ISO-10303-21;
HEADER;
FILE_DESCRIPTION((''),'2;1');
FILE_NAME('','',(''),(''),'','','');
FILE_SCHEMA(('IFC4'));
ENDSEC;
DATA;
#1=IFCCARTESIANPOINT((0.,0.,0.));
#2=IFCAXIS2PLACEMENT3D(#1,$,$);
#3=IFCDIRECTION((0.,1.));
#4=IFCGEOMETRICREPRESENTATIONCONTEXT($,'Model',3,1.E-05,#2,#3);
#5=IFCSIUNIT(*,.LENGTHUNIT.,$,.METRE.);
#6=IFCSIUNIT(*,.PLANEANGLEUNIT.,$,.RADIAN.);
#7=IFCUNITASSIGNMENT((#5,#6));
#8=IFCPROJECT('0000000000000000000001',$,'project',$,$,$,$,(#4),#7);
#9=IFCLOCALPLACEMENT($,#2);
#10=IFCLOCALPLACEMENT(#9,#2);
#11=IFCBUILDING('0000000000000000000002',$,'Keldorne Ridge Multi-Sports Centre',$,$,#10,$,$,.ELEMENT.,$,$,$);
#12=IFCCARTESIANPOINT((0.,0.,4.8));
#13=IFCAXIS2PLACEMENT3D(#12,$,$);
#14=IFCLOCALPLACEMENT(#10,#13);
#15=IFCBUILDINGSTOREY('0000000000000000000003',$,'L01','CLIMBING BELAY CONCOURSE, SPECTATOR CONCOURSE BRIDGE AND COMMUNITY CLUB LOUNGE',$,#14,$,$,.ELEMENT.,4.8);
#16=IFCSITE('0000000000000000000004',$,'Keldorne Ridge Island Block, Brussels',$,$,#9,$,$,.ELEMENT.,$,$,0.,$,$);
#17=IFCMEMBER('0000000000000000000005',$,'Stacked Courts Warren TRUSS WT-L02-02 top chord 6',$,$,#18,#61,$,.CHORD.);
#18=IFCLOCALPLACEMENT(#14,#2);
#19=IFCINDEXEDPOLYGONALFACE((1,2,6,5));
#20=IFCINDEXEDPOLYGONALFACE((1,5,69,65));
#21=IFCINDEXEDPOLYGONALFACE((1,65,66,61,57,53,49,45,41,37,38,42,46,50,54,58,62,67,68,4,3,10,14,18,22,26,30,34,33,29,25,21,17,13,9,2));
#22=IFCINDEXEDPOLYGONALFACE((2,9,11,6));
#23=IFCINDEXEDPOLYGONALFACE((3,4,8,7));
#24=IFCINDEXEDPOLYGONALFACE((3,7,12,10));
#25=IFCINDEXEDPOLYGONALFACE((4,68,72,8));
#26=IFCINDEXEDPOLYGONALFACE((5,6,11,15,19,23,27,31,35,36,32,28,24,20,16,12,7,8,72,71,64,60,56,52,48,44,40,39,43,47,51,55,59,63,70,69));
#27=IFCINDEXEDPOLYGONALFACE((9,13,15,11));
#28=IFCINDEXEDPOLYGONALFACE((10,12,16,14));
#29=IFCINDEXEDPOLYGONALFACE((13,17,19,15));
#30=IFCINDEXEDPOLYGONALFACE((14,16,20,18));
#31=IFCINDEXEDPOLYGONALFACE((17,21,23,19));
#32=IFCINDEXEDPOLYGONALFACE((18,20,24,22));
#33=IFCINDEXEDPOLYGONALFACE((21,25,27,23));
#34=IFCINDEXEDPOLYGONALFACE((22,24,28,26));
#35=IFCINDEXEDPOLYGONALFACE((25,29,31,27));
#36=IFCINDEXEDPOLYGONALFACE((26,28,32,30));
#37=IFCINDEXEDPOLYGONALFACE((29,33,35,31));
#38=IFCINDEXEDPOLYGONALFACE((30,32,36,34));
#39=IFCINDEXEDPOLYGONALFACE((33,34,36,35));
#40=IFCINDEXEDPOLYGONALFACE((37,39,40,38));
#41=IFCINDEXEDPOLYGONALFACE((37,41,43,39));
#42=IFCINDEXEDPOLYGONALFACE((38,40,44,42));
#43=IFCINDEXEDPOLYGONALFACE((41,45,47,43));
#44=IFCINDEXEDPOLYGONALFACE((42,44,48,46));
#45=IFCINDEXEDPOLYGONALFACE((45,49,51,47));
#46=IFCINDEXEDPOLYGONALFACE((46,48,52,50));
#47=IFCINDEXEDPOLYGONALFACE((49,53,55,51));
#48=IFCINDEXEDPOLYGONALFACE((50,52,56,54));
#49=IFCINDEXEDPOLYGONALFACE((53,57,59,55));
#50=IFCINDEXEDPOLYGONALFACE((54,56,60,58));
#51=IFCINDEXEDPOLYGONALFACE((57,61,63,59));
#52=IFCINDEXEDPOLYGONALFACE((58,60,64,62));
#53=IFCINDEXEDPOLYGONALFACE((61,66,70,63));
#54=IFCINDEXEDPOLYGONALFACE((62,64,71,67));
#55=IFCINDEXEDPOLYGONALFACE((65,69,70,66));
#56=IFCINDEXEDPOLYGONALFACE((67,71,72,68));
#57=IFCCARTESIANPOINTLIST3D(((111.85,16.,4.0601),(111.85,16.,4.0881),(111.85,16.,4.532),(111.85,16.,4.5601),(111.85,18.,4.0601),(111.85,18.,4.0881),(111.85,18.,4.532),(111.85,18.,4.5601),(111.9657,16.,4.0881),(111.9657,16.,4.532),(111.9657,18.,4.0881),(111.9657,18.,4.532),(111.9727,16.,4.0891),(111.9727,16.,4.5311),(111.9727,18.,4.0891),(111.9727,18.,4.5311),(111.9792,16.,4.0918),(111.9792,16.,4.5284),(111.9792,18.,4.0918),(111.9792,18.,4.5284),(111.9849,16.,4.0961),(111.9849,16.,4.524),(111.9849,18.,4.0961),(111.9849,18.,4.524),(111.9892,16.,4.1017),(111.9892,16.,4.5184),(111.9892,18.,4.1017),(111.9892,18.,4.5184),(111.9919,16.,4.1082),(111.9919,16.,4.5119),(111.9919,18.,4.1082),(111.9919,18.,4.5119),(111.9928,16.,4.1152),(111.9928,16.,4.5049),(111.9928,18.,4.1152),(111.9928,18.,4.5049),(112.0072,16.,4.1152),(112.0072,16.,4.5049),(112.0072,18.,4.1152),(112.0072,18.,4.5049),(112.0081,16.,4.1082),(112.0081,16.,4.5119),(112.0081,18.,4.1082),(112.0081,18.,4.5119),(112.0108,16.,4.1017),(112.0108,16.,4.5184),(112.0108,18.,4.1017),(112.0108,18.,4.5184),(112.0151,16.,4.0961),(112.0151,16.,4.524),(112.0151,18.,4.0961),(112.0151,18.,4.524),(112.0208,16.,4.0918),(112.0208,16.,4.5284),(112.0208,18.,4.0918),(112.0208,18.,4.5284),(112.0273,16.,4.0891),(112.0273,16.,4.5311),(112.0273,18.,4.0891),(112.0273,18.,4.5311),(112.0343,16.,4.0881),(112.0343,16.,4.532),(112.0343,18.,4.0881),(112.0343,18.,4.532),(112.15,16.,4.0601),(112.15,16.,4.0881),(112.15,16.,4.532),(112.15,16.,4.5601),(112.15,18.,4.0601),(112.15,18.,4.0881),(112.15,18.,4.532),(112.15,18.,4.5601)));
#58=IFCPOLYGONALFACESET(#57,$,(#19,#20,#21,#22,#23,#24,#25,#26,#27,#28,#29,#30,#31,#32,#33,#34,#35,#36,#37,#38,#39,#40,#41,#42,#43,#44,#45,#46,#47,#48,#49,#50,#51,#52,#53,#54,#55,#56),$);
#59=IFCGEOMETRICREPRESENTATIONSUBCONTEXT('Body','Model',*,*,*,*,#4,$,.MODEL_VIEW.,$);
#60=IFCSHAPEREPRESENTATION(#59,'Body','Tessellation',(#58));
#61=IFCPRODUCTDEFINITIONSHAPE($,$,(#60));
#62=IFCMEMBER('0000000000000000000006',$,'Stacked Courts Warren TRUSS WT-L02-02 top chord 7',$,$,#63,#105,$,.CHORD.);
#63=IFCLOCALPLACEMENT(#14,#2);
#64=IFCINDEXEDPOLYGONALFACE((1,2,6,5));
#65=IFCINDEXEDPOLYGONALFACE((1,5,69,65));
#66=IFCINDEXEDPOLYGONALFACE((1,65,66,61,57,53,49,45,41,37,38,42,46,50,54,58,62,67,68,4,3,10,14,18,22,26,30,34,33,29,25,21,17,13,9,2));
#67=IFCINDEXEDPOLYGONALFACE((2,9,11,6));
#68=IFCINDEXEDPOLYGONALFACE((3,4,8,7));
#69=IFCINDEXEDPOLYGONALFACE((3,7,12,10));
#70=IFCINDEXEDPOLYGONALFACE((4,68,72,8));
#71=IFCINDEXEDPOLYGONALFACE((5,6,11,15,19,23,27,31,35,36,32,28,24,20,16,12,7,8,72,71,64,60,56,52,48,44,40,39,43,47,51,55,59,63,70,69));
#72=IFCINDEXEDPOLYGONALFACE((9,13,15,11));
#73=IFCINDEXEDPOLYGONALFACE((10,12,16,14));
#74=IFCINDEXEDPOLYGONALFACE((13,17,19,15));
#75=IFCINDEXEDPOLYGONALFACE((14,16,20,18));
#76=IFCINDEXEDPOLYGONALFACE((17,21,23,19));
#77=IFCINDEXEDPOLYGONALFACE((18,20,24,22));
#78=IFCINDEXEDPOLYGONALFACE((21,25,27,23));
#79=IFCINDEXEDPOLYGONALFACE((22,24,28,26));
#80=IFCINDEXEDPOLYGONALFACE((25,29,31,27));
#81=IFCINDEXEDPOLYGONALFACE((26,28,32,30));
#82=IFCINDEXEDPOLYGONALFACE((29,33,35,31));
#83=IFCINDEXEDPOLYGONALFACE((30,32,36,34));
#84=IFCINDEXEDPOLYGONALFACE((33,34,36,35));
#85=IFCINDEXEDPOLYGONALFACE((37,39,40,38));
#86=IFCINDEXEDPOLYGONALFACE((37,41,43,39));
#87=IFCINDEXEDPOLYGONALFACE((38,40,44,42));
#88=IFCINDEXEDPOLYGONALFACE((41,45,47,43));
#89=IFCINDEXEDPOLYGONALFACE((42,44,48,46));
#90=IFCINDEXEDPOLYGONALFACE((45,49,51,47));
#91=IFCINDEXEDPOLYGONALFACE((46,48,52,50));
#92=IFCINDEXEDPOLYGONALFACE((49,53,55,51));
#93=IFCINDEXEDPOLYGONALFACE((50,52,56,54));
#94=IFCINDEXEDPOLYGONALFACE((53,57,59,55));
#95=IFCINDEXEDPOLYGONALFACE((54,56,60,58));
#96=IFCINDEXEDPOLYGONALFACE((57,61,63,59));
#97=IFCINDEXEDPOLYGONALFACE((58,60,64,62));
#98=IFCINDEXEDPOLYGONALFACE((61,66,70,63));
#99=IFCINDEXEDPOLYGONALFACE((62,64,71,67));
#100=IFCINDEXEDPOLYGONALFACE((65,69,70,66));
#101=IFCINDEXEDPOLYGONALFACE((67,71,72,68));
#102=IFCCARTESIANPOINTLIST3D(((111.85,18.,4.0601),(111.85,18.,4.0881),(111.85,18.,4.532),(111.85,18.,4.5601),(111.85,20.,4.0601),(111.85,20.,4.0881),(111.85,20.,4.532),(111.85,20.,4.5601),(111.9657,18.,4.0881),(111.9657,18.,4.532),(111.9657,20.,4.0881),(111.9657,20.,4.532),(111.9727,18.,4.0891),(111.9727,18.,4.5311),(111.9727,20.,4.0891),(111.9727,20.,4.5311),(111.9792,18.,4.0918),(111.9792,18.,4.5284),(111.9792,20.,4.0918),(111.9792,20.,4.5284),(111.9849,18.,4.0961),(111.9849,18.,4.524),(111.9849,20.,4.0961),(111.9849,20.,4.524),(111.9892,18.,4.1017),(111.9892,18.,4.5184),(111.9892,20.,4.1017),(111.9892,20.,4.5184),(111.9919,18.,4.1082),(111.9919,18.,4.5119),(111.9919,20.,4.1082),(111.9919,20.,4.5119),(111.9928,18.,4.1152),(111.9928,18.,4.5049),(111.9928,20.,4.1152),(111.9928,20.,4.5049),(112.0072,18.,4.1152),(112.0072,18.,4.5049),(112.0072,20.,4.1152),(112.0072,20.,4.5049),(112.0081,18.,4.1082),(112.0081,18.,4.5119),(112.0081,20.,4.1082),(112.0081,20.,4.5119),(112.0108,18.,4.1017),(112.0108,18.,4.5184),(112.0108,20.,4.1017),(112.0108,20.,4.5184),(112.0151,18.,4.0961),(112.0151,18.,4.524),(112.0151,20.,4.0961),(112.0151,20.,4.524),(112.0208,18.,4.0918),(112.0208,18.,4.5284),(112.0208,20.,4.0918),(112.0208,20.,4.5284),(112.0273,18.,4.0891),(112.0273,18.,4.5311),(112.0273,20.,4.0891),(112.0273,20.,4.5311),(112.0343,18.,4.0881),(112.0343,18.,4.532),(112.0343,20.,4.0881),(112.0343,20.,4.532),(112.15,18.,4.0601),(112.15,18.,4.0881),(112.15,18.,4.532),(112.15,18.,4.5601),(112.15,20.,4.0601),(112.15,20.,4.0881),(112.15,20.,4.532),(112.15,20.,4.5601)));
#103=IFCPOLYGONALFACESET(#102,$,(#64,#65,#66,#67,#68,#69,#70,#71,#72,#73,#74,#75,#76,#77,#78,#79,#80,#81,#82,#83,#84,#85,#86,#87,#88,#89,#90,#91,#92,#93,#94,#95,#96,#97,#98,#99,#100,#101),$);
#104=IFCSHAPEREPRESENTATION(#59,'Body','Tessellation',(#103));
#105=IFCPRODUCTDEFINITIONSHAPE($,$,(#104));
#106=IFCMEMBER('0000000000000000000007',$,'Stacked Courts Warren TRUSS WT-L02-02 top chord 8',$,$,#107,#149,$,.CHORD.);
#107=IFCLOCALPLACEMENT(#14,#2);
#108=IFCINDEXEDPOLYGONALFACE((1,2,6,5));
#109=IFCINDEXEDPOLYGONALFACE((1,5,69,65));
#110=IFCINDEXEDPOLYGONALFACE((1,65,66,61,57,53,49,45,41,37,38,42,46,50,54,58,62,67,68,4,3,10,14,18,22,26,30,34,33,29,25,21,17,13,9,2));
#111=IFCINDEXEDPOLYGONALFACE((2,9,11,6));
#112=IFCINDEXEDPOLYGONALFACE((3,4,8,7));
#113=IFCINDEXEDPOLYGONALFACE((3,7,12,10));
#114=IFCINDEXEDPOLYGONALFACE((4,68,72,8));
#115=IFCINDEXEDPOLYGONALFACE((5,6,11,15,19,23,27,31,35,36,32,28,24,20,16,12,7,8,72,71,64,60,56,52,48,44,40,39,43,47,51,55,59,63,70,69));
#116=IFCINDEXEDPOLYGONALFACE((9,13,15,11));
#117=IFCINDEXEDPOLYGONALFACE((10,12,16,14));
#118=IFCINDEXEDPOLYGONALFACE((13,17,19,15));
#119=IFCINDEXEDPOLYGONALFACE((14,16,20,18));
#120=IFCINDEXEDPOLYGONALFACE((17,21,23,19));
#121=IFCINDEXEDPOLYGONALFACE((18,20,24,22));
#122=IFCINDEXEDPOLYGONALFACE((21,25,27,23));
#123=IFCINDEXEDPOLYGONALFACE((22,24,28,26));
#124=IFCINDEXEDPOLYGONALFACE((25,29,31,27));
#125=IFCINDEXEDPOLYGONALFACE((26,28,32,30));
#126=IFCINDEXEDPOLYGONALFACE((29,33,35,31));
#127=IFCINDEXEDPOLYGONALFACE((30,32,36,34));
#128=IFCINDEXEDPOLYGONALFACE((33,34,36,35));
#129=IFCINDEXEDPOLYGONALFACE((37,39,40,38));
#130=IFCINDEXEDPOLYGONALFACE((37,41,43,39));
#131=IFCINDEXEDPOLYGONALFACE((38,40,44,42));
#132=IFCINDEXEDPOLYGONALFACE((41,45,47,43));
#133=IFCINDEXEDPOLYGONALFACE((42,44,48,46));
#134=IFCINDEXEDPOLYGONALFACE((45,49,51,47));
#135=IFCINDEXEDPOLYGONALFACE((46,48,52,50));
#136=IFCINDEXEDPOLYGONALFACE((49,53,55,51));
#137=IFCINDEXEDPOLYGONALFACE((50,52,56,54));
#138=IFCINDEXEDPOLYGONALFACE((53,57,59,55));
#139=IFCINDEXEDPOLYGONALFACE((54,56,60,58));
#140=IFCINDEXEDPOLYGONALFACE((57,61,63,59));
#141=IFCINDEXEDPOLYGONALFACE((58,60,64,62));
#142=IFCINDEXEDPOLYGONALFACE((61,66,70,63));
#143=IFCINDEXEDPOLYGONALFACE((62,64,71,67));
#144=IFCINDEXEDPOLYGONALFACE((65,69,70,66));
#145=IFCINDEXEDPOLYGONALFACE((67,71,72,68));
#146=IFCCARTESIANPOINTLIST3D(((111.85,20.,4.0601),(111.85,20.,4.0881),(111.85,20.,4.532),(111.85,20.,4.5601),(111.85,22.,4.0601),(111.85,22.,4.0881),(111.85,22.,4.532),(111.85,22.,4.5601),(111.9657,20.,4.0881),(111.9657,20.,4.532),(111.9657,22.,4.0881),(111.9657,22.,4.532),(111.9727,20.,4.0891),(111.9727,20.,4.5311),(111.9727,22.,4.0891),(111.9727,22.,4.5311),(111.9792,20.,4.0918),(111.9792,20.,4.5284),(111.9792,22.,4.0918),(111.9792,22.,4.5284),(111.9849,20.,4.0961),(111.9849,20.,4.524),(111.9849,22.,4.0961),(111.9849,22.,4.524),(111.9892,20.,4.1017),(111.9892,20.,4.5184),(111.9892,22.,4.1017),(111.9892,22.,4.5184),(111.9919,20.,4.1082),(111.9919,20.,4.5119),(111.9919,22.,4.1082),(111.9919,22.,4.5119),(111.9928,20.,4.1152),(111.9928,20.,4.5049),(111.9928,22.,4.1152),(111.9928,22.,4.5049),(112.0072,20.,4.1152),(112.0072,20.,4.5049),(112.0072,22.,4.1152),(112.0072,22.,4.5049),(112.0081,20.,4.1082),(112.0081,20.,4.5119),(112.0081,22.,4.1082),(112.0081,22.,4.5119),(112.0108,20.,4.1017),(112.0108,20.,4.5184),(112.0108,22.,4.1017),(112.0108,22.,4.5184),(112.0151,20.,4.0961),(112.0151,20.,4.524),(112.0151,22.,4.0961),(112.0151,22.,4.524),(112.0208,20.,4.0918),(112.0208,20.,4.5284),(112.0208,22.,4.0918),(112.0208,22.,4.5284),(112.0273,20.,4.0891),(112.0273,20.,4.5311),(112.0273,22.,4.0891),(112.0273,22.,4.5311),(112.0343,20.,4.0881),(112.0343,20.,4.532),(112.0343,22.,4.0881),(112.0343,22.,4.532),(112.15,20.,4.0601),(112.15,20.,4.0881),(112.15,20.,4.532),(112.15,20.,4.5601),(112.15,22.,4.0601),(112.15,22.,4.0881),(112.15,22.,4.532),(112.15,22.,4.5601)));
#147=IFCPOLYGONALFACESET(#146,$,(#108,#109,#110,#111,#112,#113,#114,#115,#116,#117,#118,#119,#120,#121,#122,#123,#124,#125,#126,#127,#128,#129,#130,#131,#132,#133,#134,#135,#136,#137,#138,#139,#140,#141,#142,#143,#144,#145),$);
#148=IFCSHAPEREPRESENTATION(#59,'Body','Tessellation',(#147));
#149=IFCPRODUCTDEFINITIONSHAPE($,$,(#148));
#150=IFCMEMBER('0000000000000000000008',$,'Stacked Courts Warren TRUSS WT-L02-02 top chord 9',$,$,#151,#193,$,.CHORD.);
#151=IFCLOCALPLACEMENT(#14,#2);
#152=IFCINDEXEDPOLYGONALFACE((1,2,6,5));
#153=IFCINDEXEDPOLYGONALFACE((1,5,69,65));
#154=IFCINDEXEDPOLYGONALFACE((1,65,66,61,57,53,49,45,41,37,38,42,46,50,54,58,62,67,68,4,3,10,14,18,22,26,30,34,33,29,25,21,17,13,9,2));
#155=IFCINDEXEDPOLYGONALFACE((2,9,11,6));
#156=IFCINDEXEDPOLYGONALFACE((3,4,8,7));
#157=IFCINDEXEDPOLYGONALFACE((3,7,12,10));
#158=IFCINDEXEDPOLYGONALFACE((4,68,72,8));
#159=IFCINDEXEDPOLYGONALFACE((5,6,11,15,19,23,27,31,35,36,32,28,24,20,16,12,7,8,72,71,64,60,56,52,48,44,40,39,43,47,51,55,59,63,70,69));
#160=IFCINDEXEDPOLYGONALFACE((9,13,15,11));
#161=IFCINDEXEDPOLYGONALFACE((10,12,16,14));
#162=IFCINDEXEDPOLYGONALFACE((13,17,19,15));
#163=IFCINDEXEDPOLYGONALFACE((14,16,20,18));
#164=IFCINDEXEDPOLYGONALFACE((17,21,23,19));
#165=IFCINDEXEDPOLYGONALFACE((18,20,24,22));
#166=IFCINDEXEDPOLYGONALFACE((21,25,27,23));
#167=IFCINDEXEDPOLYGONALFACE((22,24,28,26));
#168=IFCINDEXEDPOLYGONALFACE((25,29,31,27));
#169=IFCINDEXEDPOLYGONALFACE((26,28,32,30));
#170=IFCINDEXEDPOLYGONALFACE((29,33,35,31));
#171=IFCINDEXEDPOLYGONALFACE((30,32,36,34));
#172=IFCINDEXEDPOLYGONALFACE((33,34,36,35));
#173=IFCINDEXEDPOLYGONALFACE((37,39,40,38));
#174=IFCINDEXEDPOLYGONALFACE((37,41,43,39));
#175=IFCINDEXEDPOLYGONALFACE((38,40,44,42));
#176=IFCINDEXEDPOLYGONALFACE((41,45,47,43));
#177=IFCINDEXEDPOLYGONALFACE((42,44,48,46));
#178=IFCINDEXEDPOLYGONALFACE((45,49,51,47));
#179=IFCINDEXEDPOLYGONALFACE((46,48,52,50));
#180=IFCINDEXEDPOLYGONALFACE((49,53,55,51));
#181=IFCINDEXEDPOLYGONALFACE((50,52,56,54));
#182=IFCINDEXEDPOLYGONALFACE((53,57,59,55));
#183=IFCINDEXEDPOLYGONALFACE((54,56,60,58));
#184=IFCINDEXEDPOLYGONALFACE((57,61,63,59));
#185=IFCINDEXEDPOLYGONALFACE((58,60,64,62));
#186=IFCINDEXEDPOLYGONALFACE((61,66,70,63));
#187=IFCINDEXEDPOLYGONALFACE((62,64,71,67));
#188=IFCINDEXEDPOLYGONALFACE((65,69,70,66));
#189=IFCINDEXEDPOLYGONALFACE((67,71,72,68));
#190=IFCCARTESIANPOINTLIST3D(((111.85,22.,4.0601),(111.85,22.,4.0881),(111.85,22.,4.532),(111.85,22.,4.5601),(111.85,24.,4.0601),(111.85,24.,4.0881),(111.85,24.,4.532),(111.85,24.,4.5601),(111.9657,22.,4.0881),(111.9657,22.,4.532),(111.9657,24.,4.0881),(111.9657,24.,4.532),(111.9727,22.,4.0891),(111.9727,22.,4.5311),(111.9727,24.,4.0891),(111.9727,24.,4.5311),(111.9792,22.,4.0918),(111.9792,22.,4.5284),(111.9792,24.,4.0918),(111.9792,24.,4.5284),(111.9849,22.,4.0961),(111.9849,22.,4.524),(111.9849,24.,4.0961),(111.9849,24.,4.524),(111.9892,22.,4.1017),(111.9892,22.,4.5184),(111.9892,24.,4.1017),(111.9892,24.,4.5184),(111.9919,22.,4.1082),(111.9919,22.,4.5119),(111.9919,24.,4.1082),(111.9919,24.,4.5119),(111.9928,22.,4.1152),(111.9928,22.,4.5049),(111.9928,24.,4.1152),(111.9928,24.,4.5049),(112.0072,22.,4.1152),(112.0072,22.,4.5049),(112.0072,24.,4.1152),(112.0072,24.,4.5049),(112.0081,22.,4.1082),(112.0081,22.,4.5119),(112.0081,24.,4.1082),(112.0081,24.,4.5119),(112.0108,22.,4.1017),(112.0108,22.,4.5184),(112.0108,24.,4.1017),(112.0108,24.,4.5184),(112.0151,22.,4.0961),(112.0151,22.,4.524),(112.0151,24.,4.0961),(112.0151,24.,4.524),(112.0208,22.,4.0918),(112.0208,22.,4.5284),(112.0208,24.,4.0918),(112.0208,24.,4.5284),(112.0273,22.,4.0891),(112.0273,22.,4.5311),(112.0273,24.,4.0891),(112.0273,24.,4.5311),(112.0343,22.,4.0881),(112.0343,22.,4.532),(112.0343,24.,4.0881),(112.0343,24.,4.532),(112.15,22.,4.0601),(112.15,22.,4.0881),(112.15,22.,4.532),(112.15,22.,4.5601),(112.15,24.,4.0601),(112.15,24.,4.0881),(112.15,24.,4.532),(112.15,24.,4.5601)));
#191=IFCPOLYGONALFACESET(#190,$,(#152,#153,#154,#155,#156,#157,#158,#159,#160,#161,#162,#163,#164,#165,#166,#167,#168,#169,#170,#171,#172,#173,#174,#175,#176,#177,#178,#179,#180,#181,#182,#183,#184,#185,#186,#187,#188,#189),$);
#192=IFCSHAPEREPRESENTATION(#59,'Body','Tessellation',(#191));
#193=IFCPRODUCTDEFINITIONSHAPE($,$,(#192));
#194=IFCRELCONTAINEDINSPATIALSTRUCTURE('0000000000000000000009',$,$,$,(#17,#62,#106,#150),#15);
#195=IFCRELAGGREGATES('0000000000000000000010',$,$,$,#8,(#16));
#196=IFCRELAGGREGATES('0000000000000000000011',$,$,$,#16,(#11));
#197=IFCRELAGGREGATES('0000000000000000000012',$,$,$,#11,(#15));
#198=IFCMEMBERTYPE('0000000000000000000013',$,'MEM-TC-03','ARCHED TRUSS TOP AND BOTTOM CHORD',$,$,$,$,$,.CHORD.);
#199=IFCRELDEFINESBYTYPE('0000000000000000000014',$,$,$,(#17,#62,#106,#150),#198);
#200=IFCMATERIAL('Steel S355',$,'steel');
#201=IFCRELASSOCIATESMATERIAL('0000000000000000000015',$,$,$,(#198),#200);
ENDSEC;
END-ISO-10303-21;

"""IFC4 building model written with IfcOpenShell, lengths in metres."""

from ifc_helpers import new_model, si_unit, direction, frame, origin, origin_2d, place, context, subcontext, project, spatial, i_section, extrude, material, material_profile, profile_set, type_object, element, save


model = new_model("IFC4")

# Units and contexts
model_context = context("Model", 3, precision=1e-05, world=origin(), true_north=direction((0.0, 1.0)))
body_context = subcontext(model_context, "Body", "Model", "MODEL_VIEW")
ifc_project = project(units=[si_unit("LENGTHUNIT", "METRE"), si_unit("PLANEANGLEUNIT", "RADIAN")], contexts=[model_context])

# Site, building, storey
site_placement = place(None, origin())
site = spatial("IfcSite", under=ifc_project, at=site_placement, Name="Keldorne Ridge Island Block, Brussels", CompositionType="ELEMENT", RefElevation=0.0)
building_placement = place(site_placement, origin())
building = spatial("IfcBuilding", under=site, at=building_placement, Name="Keldorne Ridge Multi-Sports Centre", CompositionType="ELEMENT")
storey_placement = place(building_placement, frame((0.0, 0.0, 4.8)))
storey = spatial("IfcBuildingStorey", under=building, at=storey_placement, Name="L01", Description="CLIMBING BELAY CONCOURSE, SPECTATOR CONCOURSE BRIDGE AND COMMUNITY CLUB LOUNGE", CompositionType="ELEMENT", Elevation=4.8)

# Members
ifc_material_1 = material(Name="Steel S355", Category="steel")
ifc_material_profile_1 = material_profile(ifc_material_1, i_section(OverallWidth=0.3, OverallDepth=0.5, WebThickness=0.0144, FlangeThickness=0.0281, FilletRadius=0.0271, at=origin_2d()), Name="HEB 500")
ifc_profile_set_1 = profile_set([ifc_material_profile_1], Name="Steel S355")
member_type_1 = type_object("IfcMemberType", Name="MEM-TC-03", Description="ARCHED TRUSS TOP AND BOTTOM CHORD", PredefinedType="CHORD", material=ifc_profile_set_1)
for number, where, z_axis, x_axis, name in (
    (1, (112.0, 16.0, 4.3101), (0.0, 1.0, 0.0), (-1.0, 0.0, 0.0), "Stacked Courts Warren TRUSS WT-L02-02 top chord 6"),
    (2, (112.0, 18.0, 4.3101), (0.0, 1.0, 0.0), (-1.0, 0.0, 0.0), "Stacked Courts Warren TRUSS WT-L02-02 top chord 7"),
    (3, (112.0, 20.0, 4.3101), (0.0, 1.0, 0.0), (-1.0, 0.0, 0.0), "Stacked Courts Warren TRUSS WT-L02-02 top chord 8"),
    (4, (112.0, 22.0, 4.3101), (0.0, 1.0, 0.0), (-1.0, 0.0, 0.0), "Stacked Courts Warren TRUSS WT-L02-02 top chord 9"),
):
    element("IfcMember", number, at=place(storey_placement, frame(where, z_axis=z_axis, x_axis=x_axis)), inside=storey, type_object=member_type_1, Name=name, PredefinedType="CHORD", context=body_context, shape_type="SweptSolid", body=[
        extrude(i_section(OverallWidth=0.3, OverallDepth=0.5, WebThickness=0.0144, FlangeThickness=0.0281, FilletRadius=0.0271, at=origin_2d()), origin(), (0.0, 0.0, 1.0), 2.0),
    ])

save(model, "model.ifc")
